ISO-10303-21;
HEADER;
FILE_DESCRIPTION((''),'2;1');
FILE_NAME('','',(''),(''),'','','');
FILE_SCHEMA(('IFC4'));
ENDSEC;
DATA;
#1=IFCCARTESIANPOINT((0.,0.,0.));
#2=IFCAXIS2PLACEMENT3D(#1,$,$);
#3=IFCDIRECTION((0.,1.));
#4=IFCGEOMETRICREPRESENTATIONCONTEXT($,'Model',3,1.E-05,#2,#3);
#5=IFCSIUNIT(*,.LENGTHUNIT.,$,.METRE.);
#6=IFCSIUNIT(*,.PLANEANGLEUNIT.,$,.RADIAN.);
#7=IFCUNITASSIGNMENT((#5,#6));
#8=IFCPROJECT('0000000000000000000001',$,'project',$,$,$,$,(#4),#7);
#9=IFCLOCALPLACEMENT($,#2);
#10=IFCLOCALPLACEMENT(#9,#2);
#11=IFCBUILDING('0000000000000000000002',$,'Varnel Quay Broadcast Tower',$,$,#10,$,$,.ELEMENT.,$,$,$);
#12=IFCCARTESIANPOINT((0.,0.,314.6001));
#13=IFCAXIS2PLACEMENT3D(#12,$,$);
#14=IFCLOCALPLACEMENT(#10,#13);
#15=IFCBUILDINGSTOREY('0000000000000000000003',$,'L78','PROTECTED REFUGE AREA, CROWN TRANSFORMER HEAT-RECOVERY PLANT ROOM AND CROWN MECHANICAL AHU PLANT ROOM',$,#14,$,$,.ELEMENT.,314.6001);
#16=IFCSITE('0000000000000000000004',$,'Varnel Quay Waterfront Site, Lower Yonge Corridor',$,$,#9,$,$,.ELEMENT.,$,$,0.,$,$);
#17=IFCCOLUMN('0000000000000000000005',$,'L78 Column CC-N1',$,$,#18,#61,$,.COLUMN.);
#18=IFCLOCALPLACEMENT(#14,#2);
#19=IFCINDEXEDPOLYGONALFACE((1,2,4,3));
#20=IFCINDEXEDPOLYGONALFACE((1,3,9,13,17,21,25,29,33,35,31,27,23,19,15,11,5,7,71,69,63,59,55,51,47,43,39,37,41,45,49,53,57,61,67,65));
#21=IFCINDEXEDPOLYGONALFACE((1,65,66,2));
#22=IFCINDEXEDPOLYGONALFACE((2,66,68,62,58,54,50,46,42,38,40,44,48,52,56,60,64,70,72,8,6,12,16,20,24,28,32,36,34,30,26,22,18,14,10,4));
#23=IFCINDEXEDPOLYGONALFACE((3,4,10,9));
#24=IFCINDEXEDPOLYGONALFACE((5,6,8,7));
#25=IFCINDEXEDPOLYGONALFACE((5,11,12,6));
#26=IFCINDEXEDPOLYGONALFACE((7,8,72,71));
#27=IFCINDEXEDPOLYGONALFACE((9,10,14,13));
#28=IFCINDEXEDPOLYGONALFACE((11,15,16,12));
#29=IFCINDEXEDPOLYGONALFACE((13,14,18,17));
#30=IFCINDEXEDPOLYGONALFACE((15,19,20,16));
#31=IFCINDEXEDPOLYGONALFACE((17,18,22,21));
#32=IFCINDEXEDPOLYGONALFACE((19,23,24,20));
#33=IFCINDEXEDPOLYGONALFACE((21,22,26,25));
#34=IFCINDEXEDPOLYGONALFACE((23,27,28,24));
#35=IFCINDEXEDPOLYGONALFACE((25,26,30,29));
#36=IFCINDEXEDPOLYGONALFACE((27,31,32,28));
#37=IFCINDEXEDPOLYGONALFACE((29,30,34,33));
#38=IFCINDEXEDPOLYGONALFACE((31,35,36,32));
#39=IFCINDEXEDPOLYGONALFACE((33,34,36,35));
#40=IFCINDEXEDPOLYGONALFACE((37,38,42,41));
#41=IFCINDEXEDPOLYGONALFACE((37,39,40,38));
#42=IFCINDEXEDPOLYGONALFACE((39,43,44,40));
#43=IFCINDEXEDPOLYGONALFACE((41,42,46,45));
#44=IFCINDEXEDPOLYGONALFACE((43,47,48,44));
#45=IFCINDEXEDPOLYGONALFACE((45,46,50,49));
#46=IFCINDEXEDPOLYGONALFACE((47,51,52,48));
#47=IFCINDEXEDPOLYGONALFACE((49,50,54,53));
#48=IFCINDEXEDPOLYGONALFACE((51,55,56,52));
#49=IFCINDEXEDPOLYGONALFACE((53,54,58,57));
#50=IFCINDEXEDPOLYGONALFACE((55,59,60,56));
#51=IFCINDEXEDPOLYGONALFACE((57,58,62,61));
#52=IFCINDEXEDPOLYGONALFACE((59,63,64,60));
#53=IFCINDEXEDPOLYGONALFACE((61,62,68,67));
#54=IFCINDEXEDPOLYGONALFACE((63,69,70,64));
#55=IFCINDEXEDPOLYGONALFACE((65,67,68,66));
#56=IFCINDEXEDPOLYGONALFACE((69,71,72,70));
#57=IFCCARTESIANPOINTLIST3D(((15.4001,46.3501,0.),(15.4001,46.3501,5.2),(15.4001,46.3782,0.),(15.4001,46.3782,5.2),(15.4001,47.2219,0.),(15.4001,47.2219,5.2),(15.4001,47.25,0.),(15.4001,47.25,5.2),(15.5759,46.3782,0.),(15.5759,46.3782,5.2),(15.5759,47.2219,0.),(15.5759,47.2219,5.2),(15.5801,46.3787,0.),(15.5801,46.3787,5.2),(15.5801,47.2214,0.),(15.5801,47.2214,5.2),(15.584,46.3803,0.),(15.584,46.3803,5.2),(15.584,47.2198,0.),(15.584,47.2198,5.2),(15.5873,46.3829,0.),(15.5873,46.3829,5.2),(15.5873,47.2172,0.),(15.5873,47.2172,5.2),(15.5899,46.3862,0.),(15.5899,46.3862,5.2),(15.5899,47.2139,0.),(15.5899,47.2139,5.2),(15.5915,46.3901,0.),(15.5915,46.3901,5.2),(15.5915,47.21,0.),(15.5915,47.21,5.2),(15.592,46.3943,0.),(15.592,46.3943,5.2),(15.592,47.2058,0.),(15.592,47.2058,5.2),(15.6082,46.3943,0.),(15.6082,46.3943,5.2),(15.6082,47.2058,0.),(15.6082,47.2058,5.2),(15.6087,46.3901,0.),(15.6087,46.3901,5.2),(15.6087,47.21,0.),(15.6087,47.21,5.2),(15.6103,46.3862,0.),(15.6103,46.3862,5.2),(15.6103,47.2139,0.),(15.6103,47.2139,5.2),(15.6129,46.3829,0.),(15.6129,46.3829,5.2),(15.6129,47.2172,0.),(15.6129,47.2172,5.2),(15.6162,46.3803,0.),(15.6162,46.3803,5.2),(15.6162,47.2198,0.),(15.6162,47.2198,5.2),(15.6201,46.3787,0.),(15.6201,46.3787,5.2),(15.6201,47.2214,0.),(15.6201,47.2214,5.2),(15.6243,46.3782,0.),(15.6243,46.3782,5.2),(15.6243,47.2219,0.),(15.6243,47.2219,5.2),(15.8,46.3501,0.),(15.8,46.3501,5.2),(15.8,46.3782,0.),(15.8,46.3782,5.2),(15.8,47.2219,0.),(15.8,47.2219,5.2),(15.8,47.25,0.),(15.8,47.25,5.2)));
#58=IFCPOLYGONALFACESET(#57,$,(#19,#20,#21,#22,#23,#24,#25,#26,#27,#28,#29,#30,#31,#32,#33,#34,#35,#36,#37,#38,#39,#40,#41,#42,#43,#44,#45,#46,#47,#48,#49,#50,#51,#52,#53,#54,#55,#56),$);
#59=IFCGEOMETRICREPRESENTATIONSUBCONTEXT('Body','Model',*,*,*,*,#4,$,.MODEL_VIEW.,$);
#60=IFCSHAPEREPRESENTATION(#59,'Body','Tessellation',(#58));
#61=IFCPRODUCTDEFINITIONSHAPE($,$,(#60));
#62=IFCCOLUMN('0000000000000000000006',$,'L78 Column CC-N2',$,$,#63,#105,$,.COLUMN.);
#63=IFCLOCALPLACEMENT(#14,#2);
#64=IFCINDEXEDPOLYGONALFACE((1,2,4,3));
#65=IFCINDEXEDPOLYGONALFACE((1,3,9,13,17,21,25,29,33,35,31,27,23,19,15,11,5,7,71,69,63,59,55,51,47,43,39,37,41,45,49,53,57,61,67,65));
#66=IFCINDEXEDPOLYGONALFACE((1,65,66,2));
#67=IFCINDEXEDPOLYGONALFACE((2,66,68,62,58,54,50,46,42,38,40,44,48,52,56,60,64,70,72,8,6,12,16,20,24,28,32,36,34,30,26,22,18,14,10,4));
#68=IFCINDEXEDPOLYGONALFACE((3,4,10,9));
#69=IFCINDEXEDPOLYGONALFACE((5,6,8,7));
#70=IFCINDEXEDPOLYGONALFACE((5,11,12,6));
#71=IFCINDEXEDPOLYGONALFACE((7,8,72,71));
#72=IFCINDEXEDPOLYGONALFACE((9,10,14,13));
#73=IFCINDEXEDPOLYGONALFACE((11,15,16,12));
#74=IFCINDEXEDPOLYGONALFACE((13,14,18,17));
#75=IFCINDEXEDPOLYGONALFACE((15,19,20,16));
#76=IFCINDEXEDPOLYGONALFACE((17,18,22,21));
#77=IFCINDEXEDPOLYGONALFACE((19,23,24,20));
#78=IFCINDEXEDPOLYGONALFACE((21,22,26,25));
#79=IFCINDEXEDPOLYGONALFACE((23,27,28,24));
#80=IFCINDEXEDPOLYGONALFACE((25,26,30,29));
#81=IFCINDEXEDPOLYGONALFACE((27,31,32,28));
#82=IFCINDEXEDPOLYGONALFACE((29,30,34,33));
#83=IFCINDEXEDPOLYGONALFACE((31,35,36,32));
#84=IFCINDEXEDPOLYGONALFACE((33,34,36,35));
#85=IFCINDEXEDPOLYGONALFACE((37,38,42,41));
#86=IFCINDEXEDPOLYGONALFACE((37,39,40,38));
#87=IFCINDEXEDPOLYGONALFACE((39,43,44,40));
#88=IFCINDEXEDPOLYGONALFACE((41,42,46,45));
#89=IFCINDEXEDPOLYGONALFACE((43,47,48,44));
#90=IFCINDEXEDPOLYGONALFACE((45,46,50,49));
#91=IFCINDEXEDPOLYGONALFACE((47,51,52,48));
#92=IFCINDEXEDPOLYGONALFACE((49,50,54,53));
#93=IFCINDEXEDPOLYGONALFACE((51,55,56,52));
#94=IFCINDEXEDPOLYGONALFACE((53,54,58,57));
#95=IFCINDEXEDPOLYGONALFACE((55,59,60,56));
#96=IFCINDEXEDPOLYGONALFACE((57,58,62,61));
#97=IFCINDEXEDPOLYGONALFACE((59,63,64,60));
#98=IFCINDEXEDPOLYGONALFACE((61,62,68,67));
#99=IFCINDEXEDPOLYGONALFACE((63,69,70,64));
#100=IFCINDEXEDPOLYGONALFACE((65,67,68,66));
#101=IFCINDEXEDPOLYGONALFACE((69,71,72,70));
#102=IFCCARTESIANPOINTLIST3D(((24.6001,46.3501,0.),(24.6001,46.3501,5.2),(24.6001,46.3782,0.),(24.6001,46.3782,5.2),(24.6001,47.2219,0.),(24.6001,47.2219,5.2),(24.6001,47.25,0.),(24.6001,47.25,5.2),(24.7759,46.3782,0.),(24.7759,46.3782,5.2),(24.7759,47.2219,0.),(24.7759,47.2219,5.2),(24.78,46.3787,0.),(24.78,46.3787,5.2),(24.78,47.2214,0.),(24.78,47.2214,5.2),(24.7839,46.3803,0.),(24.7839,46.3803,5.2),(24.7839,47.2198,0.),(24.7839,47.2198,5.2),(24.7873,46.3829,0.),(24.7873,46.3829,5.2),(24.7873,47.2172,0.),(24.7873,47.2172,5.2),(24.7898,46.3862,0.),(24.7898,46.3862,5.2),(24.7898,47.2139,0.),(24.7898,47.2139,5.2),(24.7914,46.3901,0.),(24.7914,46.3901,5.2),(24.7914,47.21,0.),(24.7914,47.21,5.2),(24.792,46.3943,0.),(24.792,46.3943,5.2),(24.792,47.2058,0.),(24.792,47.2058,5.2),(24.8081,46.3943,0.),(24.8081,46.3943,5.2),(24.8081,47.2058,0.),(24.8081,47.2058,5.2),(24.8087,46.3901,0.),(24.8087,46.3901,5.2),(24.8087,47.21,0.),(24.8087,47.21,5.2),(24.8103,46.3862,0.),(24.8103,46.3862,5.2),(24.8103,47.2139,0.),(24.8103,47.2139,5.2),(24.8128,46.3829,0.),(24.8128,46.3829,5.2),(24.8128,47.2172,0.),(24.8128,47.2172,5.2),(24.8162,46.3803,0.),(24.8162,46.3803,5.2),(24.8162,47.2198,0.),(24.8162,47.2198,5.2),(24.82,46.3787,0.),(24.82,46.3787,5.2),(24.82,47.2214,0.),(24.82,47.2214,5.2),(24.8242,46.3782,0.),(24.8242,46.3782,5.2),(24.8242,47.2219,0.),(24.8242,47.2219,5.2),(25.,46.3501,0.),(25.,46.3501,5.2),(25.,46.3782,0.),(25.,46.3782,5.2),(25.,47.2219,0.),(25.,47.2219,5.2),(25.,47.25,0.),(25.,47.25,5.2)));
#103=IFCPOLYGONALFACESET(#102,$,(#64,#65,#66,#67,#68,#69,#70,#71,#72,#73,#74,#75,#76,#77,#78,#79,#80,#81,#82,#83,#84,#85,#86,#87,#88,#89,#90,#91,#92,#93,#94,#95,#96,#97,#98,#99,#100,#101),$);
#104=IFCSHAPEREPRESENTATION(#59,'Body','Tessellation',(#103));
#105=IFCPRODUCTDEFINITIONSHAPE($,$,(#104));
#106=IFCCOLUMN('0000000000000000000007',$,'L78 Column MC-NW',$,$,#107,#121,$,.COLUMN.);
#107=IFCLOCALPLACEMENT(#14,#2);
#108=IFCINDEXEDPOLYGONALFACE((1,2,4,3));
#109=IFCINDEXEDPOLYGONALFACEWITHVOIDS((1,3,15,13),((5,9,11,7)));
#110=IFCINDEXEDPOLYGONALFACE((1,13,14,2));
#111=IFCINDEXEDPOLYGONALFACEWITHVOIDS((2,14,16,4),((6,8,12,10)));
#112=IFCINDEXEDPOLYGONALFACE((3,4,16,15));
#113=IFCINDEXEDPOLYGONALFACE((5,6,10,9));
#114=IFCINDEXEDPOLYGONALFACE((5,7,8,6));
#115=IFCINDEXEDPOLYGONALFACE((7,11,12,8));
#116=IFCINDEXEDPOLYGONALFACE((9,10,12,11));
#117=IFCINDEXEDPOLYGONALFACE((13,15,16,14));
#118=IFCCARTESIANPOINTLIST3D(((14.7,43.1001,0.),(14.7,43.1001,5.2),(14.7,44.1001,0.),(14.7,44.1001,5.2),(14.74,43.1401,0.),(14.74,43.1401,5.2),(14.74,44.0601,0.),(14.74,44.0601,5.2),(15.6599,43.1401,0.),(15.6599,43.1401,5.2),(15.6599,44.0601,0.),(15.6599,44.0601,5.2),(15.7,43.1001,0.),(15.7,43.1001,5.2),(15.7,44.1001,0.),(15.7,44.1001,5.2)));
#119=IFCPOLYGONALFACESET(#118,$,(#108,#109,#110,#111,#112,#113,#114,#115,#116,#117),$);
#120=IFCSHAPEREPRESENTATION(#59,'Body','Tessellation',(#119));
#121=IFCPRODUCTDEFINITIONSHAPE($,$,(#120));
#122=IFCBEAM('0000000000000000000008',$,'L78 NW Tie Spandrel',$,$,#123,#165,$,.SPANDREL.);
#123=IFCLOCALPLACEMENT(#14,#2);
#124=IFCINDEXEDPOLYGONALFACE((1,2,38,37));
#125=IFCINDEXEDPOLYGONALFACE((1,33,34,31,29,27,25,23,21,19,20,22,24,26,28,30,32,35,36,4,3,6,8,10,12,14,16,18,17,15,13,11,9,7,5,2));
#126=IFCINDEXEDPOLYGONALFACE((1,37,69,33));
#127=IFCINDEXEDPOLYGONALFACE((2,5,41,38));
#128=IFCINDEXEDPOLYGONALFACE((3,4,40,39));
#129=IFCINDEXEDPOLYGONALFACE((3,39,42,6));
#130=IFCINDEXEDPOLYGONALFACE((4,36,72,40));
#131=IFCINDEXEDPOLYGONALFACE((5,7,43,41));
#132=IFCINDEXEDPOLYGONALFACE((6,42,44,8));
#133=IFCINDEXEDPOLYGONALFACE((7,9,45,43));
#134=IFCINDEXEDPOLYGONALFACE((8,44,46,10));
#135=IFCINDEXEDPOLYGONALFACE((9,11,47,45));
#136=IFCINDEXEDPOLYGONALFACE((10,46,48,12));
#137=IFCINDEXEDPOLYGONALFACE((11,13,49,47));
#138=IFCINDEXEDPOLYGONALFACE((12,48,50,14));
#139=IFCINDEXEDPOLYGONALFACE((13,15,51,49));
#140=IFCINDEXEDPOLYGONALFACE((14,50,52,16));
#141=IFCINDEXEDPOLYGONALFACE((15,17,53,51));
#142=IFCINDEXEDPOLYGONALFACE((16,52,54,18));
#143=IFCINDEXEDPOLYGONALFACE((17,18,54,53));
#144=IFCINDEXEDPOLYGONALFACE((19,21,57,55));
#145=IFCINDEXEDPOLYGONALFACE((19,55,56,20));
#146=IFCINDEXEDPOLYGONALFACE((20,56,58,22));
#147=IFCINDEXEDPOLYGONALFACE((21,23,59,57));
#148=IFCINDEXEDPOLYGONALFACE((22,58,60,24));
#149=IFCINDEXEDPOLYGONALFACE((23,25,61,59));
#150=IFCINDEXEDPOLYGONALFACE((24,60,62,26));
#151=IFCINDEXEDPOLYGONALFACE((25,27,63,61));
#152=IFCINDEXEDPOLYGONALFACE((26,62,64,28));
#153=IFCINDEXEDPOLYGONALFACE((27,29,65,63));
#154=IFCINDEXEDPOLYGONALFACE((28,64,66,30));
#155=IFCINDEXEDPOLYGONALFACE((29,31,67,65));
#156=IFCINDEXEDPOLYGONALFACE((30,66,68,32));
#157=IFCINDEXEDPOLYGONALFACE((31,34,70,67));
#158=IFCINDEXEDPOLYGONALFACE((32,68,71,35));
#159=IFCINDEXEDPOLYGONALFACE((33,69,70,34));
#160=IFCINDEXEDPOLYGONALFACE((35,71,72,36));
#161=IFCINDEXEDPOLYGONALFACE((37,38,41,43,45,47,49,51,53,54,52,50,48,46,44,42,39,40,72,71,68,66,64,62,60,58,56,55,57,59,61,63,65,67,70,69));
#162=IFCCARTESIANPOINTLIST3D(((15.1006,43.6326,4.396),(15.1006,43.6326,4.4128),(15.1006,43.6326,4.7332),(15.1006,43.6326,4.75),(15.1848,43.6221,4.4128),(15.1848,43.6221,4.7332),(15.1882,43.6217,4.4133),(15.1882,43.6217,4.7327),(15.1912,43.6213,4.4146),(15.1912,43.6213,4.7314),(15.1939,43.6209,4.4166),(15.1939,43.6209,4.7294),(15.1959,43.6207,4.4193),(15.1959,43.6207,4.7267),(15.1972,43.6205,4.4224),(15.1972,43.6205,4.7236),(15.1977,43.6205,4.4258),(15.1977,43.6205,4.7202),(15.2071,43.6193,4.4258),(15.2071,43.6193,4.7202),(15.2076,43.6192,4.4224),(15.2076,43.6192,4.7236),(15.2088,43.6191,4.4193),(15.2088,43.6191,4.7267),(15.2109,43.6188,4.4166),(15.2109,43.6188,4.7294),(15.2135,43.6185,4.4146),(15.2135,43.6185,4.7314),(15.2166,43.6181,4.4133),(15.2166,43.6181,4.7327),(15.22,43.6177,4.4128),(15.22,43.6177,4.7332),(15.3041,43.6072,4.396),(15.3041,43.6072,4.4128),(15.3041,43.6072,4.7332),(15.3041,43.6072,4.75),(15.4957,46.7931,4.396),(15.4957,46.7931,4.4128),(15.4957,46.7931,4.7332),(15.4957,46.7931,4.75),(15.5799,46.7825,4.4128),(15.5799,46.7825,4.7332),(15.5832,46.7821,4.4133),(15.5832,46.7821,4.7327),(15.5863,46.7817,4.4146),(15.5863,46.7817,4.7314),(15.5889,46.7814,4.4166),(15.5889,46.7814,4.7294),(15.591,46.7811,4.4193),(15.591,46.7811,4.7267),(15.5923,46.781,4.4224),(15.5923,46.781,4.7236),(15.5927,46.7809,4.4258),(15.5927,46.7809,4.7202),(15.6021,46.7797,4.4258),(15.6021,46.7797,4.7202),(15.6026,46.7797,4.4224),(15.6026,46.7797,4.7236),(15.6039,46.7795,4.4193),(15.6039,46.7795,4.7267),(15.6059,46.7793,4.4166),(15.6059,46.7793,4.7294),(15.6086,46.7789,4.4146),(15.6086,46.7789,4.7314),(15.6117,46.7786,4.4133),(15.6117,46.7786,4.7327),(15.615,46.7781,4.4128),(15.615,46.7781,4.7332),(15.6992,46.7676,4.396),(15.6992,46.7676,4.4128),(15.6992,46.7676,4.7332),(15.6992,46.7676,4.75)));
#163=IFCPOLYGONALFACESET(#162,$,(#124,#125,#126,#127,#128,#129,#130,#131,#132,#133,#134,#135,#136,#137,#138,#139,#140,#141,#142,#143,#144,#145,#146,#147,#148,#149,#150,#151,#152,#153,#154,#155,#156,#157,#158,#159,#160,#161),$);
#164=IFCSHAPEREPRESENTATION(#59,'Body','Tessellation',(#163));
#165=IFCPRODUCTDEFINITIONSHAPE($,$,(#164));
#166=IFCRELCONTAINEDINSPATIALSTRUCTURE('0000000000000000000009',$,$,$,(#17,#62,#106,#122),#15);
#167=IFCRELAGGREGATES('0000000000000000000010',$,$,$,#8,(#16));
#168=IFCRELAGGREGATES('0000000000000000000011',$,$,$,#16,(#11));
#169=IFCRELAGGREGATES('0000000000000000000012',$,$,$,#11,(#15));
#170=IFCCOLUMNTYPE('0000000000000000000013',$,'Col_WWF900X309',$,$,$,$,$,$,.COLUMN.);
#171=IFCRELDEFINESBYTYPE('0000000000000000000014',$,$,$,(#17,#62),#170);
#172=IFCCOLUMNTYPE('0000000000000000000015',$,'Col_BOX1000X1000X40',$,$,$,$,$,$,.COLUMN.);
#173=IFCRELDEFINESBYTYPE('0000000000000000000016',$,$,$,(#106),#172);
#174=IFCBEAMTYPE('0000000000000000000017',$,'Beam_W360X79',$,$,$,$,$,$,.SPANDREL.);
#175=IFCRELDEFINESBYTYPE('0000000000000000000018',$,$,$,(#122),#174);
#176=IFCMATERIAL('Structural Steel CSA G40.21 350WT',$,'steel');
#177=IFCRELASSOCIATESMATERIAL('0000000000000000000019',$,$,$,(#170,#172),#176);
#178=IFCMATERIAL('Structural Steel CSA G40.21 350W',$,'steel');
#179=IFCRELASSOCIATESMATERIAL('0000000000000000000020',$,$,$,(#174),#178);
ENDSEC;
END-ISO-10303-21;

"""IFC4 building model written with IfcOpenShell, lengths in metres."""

from ifc_helpers import new_model, si_unit, direction, frame, origin, origin_2d, place, context, subcontext, project, spatial, hollow_rectangle, i_section, extrude, source, transform, mapped, material, material_profile, profile_set, type_object, type_shapes, element, save


model = new_model("IFC4")

# Units and contexts
model_context = context("Model", 3, precision=1e-05, world=origin(), true_north=direction((0.0, 1.0)))
body_context = subcontext(model_context, "Body", "Model", "MODEL_VIEW")
ifc_project = project(units=[si_unit("LENGTHUNIT", "METRE"), si_unit("PLANEANGLEUNIT", "RADIAN")], contexts=[model_context])

# Site, building, storey
site_placement = place(None, origin())
site = spatial("IfcSite", under=ifc_project, at=site_placement, Name="Varnel Quay Waterfront Site, Lower Yonge Corridor", CompositionType="ELEMENT", RefElevation=0.0)
building_placement = place(site_placement, origin())
building = spatial("IfcBuilding", under=site, at=building_placement, Name="Varnel Quay Broadcast Tower", CompositionType="ELEMENT")
storey_placement = place(building_placement, frame((0.0, 0.0, 314.6001)))
storey = spatial("IfcBuildingStorey", under=building, at=storey_placement, Name="L78", Description="PROTECTED REFUGE AREA, CROWN TRANSFORMER HEAT-RECOVERY PLANT ROOM AND CROWN MECHANICAL AHU PLANT ROOM", CompositionType="ELEMENT", Elevation=314.6001)

# Columns
ifc_material_1 = material(Name="Structural Steel CSA G40.21 350WT", Category="steel")
ifc_material_profile_1 = material_profile(ifc_material_1, i_section(OverallWidth=0.3999, OverallDepth=0.8999, WebThickness=0.0161, FlangeThickness=0.0281, FilletRadius=0.0161, at=origin_2d()), Name="WWF900X309")
ifc_profile_set_1 = profile_set([ifc_material_profile_1], Name="Structural Steel CSA G40.21 350WT")
column_type_1 = type_object("IfcColumnType", Name="Col_WWF900X309", PredefinedType="COLUMN", material=ifc_profile_set_1)
shared_shape_1 = source(origin(), body_context, "Body", "SweptSolid", [
    extrude(i_section(OverallWidth=0.3999, OverallDepth=0.8999, WebThickness=0.0161, FlangeThickness=0.0281, FilletRadius=0.0161, at=origin_2d()), origin(), (0.0, 0.0, 1.0), 5.2),
])
type_shapes(column_type_1, [shared_shape_1])
for number, where, z_axis, x_axis, name in (
    (1, (15.6001, 46.8, 0.0), (0.0, 0.0, 1.0), (1.0, 0.0, 0.0), "L78 Column CC-N1"),
    (2, (24.8, 46.8, 0.0), (0.0, 0.0, 1.0), (1.0, 0.0, 0.0), "L78 Column CC-N2"),
):
    element("IfcColumn", number, at=place(storey_placement, frame(where, z_axis=z_axis, x_axis=x_axis)), inside=storey, type_object=column_type_1, Name=name, PredefinedType="COLUMN", context=body_context, shape_type="MappedRepresentation", body=[
        mapped(shared_shape_1, transform((0.0, 0.0, 0.0), x_axis=(1.0, 0.0, 0.0), y_axis=(0.0, 1.0, 0.0), z_axis=(0.0, 0.0, 1.0), scale=1.0)),
    ])
ifc_material_profile_2 = material_profile(ifc_material_1, hollow_rectangle(XDim=1.0, YDim=1.0, WallThickness=0.04, at=origin_2d()), Name="BOX1000X1000X40")
ifc_profile_set_2 = profile_set([ifc_material_profile_2], Name="Structural Steel CSA G40.21 350WT")
column_type_2 = type_object("IfcColumnType", Name="Col_BOX1000X1000X40", PredefinedType="COLUMN", material=ifc_profile_set_2)
shared_shape_2 = source(origin(), body_context, "Body", "SweptSolid", [
    extrude(hollow_rectangle(XDim=1.0, YDim=1.0, WallThickness=0.04, at=origin_2d()), origin(), (0.0, 0.0, 1.0), 5.2),
])
type_shapes(column_type_2, [shared_shape_2])
column_placement = place(storey_placement, frame((15.2, 43.6001, 0.0), z_axis=(0.0, 0.0, 1.0), x_axis=(1.0, 0.0, 0.0)))
element("IfcColumn", 3, at=column_placement, inside=storey, type_object=column_type_2, Name="L78 Column MC-NW", PredefinedType="COLUMN", context=body_context, shape_type="MappedRepresentation", body=[
    mapped(shared_shape_2, transform((0.0, 0.0, 0.0), x_axis=(1.0, 0.0, 0.0), y_axis=(0.0, 1.0, 0.0), z_axis=(0.0, 0.0, 1.0), scale=1.0)),
])

# Beam
ifc_material_2 = material(Name="Structural Steel CSA G40.21 350W", Category="steel")
ifc_material_profile_3 = material_profile(ifc_material_2, i_section(OverallWidth=0.2051, OverallDepth=0.354, WebThickness=0.0095, FlangeThickness=0.0168, FilletRadius=0.0129, at=origin_2d()), Name="W360X79")
ifc_profile_set_3 = profile_set([ifc_material_profile_3], Name="Structural Steel CSA G40.21 350W")
beam_type_1 = type_object("IfcBeamType", Name="Beam_W360X79", PredefinedType="SPANDREL", material=ifc_profile_set_3)
shared_shape_3 = source(origin(), body_context, "Body", "SweptSolid", [
    extrude(i_section(OverallWidth=0.2051, OverallDepth=0.354, WebThickness=0.0095, FlangeThickness=0.0168, FilletRadius=0.0129, at=origin_2d()), origin(), (0.0, 0.0, 1.0), 3.1851),
])
type_shapes(beam_type_1, [shared_shape_3])
beam_1_placement = place(storey_placement, frame((15.2024, 43.6199, 4.573), z_axis=(0.124025, 0.992279, 0.0), x_axis=(-0.992279, 0.124025, 0.0)))
element("IfcBeam", 4, at=beam_1_placement, inside=storey, type_object=beam_type_1, Name="L78 NW Tie Spandrel", PredefinedType="SPANDREL", context=body_context, shape_type="MappedRepresentation", body=[
    mapped(shared_shape_3, transform((0.0, 0.0, 0.0), x_axis=(1.0, 0.0, 0.0), y_axis=(0.0, 1.0, 0.0), z_axis=(0.0, 0.0, 1.0), scale=1.0)),
])

save(model, "model.ifc")
